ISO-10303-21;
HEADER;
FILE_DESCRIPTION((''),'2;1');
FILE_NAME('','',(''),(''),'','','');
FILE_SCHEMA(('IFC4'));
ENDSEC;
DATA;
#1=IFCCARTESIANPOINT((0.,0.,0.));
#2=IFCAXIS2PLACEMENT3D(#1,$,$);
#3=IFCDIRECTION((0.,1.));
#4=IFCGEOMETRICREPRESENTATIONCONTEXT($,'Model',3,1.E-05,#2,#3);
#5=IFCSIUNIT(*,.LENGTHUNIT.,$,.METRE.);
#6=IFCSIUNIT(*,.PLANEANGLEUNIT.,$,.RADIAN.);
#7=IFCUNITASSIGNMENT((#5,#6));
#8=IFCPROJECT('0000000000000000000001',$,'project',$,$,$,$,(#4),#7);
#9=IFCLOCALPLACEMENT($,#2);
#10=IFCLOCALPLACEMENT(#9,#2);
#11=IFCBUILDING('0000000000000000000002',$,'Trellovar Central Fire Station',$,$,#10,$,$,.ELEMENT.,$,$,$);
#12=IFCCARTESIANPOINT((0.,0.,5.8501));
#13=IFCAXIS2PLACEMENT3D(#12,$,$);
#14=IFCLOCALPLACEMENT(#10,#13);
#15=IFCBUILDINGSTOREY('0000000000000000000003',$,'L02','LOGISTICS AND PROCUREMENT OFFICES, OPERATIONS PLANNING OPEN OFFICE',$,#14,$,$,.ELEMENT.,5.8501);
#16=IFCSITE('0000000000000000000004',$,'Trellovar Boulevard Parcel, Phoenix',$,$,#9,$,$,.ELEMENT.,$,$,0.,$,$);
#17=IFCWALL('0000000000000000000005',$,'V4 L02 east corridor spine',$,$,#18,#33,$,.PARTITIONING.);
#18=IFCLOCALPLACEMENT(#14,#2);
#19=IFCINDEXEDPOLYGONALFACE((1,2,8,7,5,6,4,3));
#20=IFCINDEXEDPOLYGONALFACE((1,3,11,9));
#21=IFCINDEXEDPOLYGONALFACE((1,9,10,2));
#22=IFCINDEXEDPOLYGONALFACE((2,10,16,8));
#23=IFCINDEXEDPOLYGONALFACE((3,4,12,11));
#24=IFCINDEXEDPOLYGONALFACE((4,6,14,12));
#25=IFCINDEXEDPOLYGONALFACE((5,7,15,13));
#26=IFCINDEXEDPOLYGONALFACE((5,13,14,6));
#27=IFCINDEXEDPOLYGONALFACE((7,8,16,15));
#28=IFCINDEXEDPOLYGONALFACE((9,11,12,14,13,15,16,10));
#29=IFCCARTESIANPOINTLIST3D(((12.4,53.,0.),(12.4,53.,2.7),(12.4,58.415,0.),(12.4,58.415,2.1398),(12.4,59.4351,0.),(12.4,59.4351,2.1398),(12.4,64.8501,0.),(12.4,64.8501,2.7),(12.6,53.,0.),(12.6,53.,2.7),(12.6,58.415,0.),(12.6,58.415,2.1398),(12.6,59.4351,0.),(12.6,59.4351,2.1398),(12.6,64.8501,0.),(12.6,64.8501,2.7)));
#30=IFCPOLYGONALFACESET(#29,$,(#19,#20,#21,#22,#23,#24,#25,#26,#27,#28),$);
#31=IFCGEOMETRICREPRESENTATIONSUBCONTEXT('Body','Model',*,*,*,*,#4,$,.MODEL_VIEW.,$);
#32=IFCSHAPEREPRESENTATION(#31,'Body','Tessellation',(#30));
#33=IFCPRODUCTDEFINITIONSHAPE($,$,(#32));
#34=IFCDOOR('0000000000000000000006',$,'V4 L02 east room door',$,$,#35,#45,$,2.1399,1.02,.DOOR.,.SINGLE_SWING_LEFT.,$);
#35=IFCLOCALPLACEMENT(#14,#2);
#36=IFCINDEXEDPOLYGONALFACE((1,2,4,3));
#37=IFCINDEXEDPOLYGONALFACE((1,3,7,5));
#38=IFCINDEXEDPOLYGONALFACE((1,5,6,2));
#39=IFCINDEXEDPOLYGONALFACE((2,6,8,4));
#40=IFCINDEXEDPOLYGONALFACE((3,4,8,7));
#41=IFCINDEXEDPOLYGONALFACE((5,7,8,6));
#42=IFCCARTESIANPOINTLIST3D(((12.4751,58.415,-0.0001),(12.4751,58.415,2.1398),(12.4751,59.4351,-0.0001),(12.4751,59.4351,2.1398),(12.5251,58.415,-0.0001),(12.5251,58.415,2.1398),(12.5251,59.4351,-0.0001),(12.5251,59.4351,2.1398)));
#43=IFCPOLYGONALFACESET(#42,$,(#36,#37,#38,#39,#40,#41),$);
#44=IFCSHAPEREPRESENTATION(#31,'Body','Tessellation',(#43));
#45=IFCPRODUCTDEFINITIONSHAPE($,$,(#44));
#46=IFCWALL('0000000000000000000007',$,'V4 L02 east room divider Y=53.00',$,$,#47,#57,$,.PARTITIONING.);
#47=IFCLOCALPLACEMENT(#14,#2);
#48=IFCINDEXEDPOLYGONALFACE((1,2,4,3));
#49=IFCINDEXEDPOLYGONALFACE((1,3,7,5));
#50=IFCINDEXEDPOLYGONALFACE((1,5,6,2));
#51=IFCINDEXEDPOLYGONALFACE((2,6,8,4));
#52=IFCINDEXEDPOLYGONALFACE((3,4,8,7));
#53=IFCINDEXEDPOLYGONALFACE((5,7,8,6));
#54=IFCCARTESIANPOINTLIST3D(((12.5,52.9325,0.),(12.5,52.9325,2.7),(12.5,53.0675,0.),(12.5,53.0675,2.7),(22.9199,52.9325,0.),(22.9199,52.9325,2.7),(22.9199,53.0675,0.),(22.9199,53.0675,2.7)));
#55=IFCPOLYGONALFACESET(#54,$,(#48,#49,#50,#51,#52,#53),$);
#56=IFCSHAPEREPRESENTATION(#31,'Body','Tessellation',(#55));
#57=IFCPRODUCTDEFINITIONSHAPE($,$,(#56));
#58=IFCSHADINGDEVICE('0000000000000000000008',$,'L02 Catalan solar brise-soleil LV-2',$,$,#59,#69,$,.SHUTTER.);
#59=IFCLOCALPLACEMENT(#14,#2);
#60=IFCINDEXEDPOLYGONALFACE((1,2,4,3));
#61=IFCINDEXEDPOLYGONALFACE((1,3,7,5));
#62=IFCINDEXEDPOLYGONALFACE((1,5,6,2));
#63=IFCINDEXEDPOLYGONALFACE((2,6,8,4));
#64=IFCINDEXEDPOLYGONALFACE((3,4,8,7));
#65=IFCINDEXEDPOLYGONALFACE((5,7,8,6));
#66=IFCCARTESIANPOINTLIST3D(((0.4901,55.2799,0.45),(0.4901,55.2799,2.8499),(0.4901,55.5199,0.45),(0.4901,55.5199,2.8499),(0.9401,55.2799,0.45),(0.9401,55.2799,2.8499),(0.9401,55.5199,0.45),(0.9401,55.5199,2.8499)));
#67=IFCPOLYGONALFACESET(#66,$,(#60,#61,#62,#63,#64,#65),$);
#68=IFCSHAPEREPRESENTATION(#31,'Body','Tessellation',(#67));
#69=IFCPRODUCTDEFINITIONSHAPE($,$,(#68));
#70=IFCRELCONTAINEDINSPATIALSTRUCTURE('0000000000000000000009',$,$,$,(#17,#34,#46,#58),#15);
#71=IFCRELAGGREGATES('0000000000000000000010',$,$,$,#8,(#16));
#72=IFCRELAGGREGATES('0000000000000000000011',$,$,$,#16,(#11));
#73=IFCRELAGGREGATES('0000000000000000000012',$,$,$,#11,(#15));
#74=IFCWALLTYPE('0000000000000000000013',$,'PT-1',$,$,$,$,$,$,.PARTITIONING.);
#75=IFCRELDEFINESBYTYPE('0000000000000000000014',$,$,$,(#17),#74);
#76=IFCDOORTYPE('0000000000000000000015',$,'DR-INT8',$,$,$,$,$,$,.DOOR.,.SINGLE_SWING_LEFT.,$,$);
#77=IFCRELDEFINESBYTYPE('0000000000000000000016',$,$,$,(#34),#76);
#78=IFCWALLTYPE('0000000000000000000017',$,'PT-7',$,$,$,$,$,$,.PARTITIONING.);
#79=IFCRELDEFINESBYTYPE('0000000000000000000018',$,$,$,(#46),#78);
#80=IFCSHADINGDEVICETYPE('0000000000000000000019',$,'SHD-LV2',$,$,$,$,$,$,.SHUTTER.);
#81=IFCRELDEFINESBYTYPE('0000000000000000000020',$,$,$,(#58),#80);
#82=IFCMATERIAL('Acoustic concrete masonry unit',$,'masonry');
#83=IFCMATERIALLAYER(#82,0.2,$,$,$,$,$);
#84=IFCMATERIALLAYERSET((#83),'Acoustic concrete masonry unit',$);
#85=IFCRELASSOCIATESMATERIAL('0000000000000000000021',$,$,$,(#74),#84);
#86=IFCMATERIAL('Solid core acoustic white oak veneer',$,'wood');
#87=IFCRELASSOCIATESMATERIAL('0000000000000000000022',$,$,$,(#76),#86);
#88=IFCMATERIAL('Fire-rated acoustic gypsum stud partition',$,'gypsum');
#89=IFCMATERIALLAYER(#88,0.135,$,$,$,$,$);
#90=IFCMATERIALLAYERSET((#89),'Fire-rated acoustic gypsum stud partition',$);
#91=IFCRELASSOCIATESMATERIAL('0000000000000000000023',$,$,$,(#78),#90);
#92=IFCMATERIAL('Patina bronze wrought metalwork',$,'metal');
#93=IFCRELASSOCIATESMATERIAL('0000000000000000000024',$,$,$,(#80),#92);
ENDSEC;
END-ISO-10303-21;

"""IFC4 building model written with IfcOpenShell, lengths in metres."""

from ifc_helpers import new_model, si_unit, direction, frame, frame_2d, origin, origin_2d, place, context, subcontext, project, spatial, rectangle, extrude, material, layer, layer_set, type_object, element, fill, save


model = new_model("IFC4")

# Units and contexts
model_context = context("Model", 3, precision=1e-05, world=origin(), true_north=direction((0.0, 1.0)))
body_context = subcontext(model_context, "Body", "Model", "MODEL_VIEW")
ifc_project = project(units=[si_unit("LENGTHUNIT", "METRE"), si_unit("PLANEANGLEUNIT", "RADIAN")], contexts=[model_context])

# Site, building, storey
site_placement = place(None, origin())
site = spatial("IfcSite", under=ifc_project, at=site_placement, Name="Trellovar Boulevard Parcel, Phoenix", CompositionType="ELEMENT", RefElevation=0.0)
building_placement = place(site_placement, origin())
building = spatial("IfcBuilding", under=site, at=building_placement, Name="Trellovar Central Fire Station", CompositionType="ELEMENT")
storey_placement = place(building_placement, frame((0.0, 0.0, 5.8501)))
storey = spatial("IfcBuildingStorey", under=building, at=storey_placement, Name="L02", Description="LOGISTICS AND PROCUREMENT OFFICES, OPERATIONS PLANNING OPEN OFFICE", CompositionType="ELEMENT", Elevation=5.8501)

# Wall, opening, door
ifc_material_1 = material(Name="Acoustic concrete masonry unit", Category="masonry")
ifc_layer_1 = layer(ifc_material_1, 0.2)
ifc_layer_set_1 = layer_set([ifc_layer_1], Name="Acoustic concrete masonry unit")
wall_type_1 = type_object("IfcWallType", Name="PT-1", PredefinedType="PARTITIONING", material=ifc_layer_set_1)
wall_1_placement = place(storey_placement, frame((12.5, 53.0, 0.0), z_axis=(0.0, 0.0, 1.0), x_axis=(0.0, 1.0, 0.0)))
wall_1 = element("IfcWall", 1, at=wall_1_placement, inside=storey, type_object=wall_type_1, Name="V4 L02 east corridor spine", PredefinedType="PARTITIONING", context=body_context, shape_type="SweptSolid", body=[
    extrude(rectangle(XDim=11.8501, YDim=0.2, at=frame_2d((5.925, 0.0))), origin(), (0.0, 0.0, 1.0), 2.7),
])
opening_placement = place(wall_1_placement, frame((5.415, 0.0, 0.0)))
opening = element("IfcOpeningElement", 2, at=opening_placement, cuts=wall_1, PredefinedType="OPENING", context=body_context, shape_type="SweptSolid", body=[
    extrude(rectangle(XDim=1.02, YDim=2.1399, at=frame_2d((0.51, 1.0698))), frame((0.0, 0.1099, 0.0), z_axis=(0.0, -1.0, 0.0), x_axis=(1.0, 0.0, 0.0)), (0.0, 0.0, 1.0), 0.22),
])
ifc_material_2 = material(Name="Solid core acoustic white oak veneer", Category="wood")
door_type = type_object("IfcDoorType", Name="DR-INT8", OperationType="SINGLE_SWING_LEFT", PredefinedType="DOOR", material=ifc_material_2)
door_placement = place(opening_placement, origin())
door = element("IfcDoor", 3, at=door_placement, inside=storey, type_object=door_type, Name="V4 L02 east room door", OperationType="SINGLE_SWING_LEFT", OverallHeight=2.1399, OverallWidth=1.02, PredefinedType="DOOR", context=body_context, shape_type="SweptSolid", body=[
    extrude(rectangle(XDim=1.02, YDim=2.1399, at=frame_2d((0.51, 1.0698))), frame((0.0, 0.0249, 0.0), z_axis=(0.0, -1.0, 0.0), x_axis=(1.0, 0.0, 0.0)), (0.0, 0.0, 1.0), 0.05),
])
fill(opening, door)

# Wall
ifc_material_3 = material(Name="Fire-rated acoustic gypsum stud partition", Category="gypsum")
ifc_layer_2 = layer(ifc_material_3, 0.135)
ifc_layer_set_2 = layer_set([ifc_layer_2], Name="Fire-rated acoustic gypsum stud partition")
wall_type_2 = type_object("IfcWallType", Name="PT-7", PredefinedType="PARTITIONING", material=ifc_layer_set_2)
wall_2_placement = place(storey_placement, frame((12.5, 53.0, 0.0), z_axis=(0.0, 0.0, 1.0), x_axis=(1.0, 0.0, 0.0)))
element("IfcWall", 4, at=wall_2_placement, inside=storey, type_object=wall_type_2, Name="V4 L02 east room divider Y=53.00", PredefinedType="PARTITIONING", context=body_context, shape_type="SweptSolid", body=[
    extrude(rectangle(XDim=10.4199, YDim=0.135, at=frame_2d((5.21, 0.0))), origin(), (0.0, 0.0, 1.0), 2.7),
])

# Shading device
ifc_material_4 = material(Name="Patina bronze wrought metalwork", Category="metal")
shading_device_type = type_object("IfcShadingDeviceType", Name="SHD-LV2", PredefinedType="SHUTTER", material=ifc_material_4)
shading_device_placement = place(storey_placement, frame((0.7151, 55.3999, 0.45), z_axis=(0.0, 0.0, 1.0), x_axis=(1.0, 0.0, 0.0)))
element("IfcShadingDevice", 5, at=shading_device_placement, inside=storey, type_object=shading_device_type, Name="L02 Catalan solar brise-soleil LV-2", PredefinedType="SHUTTER", context=body_context, shape_type="SweptSolid", body=[
    extrude(rectangle(XDim=0.45, YDim=0.24, at=origin_2d()), origin(), (0.0, 0.0, 1.0), 2.3999),
])

save(model, "model.ifc")
